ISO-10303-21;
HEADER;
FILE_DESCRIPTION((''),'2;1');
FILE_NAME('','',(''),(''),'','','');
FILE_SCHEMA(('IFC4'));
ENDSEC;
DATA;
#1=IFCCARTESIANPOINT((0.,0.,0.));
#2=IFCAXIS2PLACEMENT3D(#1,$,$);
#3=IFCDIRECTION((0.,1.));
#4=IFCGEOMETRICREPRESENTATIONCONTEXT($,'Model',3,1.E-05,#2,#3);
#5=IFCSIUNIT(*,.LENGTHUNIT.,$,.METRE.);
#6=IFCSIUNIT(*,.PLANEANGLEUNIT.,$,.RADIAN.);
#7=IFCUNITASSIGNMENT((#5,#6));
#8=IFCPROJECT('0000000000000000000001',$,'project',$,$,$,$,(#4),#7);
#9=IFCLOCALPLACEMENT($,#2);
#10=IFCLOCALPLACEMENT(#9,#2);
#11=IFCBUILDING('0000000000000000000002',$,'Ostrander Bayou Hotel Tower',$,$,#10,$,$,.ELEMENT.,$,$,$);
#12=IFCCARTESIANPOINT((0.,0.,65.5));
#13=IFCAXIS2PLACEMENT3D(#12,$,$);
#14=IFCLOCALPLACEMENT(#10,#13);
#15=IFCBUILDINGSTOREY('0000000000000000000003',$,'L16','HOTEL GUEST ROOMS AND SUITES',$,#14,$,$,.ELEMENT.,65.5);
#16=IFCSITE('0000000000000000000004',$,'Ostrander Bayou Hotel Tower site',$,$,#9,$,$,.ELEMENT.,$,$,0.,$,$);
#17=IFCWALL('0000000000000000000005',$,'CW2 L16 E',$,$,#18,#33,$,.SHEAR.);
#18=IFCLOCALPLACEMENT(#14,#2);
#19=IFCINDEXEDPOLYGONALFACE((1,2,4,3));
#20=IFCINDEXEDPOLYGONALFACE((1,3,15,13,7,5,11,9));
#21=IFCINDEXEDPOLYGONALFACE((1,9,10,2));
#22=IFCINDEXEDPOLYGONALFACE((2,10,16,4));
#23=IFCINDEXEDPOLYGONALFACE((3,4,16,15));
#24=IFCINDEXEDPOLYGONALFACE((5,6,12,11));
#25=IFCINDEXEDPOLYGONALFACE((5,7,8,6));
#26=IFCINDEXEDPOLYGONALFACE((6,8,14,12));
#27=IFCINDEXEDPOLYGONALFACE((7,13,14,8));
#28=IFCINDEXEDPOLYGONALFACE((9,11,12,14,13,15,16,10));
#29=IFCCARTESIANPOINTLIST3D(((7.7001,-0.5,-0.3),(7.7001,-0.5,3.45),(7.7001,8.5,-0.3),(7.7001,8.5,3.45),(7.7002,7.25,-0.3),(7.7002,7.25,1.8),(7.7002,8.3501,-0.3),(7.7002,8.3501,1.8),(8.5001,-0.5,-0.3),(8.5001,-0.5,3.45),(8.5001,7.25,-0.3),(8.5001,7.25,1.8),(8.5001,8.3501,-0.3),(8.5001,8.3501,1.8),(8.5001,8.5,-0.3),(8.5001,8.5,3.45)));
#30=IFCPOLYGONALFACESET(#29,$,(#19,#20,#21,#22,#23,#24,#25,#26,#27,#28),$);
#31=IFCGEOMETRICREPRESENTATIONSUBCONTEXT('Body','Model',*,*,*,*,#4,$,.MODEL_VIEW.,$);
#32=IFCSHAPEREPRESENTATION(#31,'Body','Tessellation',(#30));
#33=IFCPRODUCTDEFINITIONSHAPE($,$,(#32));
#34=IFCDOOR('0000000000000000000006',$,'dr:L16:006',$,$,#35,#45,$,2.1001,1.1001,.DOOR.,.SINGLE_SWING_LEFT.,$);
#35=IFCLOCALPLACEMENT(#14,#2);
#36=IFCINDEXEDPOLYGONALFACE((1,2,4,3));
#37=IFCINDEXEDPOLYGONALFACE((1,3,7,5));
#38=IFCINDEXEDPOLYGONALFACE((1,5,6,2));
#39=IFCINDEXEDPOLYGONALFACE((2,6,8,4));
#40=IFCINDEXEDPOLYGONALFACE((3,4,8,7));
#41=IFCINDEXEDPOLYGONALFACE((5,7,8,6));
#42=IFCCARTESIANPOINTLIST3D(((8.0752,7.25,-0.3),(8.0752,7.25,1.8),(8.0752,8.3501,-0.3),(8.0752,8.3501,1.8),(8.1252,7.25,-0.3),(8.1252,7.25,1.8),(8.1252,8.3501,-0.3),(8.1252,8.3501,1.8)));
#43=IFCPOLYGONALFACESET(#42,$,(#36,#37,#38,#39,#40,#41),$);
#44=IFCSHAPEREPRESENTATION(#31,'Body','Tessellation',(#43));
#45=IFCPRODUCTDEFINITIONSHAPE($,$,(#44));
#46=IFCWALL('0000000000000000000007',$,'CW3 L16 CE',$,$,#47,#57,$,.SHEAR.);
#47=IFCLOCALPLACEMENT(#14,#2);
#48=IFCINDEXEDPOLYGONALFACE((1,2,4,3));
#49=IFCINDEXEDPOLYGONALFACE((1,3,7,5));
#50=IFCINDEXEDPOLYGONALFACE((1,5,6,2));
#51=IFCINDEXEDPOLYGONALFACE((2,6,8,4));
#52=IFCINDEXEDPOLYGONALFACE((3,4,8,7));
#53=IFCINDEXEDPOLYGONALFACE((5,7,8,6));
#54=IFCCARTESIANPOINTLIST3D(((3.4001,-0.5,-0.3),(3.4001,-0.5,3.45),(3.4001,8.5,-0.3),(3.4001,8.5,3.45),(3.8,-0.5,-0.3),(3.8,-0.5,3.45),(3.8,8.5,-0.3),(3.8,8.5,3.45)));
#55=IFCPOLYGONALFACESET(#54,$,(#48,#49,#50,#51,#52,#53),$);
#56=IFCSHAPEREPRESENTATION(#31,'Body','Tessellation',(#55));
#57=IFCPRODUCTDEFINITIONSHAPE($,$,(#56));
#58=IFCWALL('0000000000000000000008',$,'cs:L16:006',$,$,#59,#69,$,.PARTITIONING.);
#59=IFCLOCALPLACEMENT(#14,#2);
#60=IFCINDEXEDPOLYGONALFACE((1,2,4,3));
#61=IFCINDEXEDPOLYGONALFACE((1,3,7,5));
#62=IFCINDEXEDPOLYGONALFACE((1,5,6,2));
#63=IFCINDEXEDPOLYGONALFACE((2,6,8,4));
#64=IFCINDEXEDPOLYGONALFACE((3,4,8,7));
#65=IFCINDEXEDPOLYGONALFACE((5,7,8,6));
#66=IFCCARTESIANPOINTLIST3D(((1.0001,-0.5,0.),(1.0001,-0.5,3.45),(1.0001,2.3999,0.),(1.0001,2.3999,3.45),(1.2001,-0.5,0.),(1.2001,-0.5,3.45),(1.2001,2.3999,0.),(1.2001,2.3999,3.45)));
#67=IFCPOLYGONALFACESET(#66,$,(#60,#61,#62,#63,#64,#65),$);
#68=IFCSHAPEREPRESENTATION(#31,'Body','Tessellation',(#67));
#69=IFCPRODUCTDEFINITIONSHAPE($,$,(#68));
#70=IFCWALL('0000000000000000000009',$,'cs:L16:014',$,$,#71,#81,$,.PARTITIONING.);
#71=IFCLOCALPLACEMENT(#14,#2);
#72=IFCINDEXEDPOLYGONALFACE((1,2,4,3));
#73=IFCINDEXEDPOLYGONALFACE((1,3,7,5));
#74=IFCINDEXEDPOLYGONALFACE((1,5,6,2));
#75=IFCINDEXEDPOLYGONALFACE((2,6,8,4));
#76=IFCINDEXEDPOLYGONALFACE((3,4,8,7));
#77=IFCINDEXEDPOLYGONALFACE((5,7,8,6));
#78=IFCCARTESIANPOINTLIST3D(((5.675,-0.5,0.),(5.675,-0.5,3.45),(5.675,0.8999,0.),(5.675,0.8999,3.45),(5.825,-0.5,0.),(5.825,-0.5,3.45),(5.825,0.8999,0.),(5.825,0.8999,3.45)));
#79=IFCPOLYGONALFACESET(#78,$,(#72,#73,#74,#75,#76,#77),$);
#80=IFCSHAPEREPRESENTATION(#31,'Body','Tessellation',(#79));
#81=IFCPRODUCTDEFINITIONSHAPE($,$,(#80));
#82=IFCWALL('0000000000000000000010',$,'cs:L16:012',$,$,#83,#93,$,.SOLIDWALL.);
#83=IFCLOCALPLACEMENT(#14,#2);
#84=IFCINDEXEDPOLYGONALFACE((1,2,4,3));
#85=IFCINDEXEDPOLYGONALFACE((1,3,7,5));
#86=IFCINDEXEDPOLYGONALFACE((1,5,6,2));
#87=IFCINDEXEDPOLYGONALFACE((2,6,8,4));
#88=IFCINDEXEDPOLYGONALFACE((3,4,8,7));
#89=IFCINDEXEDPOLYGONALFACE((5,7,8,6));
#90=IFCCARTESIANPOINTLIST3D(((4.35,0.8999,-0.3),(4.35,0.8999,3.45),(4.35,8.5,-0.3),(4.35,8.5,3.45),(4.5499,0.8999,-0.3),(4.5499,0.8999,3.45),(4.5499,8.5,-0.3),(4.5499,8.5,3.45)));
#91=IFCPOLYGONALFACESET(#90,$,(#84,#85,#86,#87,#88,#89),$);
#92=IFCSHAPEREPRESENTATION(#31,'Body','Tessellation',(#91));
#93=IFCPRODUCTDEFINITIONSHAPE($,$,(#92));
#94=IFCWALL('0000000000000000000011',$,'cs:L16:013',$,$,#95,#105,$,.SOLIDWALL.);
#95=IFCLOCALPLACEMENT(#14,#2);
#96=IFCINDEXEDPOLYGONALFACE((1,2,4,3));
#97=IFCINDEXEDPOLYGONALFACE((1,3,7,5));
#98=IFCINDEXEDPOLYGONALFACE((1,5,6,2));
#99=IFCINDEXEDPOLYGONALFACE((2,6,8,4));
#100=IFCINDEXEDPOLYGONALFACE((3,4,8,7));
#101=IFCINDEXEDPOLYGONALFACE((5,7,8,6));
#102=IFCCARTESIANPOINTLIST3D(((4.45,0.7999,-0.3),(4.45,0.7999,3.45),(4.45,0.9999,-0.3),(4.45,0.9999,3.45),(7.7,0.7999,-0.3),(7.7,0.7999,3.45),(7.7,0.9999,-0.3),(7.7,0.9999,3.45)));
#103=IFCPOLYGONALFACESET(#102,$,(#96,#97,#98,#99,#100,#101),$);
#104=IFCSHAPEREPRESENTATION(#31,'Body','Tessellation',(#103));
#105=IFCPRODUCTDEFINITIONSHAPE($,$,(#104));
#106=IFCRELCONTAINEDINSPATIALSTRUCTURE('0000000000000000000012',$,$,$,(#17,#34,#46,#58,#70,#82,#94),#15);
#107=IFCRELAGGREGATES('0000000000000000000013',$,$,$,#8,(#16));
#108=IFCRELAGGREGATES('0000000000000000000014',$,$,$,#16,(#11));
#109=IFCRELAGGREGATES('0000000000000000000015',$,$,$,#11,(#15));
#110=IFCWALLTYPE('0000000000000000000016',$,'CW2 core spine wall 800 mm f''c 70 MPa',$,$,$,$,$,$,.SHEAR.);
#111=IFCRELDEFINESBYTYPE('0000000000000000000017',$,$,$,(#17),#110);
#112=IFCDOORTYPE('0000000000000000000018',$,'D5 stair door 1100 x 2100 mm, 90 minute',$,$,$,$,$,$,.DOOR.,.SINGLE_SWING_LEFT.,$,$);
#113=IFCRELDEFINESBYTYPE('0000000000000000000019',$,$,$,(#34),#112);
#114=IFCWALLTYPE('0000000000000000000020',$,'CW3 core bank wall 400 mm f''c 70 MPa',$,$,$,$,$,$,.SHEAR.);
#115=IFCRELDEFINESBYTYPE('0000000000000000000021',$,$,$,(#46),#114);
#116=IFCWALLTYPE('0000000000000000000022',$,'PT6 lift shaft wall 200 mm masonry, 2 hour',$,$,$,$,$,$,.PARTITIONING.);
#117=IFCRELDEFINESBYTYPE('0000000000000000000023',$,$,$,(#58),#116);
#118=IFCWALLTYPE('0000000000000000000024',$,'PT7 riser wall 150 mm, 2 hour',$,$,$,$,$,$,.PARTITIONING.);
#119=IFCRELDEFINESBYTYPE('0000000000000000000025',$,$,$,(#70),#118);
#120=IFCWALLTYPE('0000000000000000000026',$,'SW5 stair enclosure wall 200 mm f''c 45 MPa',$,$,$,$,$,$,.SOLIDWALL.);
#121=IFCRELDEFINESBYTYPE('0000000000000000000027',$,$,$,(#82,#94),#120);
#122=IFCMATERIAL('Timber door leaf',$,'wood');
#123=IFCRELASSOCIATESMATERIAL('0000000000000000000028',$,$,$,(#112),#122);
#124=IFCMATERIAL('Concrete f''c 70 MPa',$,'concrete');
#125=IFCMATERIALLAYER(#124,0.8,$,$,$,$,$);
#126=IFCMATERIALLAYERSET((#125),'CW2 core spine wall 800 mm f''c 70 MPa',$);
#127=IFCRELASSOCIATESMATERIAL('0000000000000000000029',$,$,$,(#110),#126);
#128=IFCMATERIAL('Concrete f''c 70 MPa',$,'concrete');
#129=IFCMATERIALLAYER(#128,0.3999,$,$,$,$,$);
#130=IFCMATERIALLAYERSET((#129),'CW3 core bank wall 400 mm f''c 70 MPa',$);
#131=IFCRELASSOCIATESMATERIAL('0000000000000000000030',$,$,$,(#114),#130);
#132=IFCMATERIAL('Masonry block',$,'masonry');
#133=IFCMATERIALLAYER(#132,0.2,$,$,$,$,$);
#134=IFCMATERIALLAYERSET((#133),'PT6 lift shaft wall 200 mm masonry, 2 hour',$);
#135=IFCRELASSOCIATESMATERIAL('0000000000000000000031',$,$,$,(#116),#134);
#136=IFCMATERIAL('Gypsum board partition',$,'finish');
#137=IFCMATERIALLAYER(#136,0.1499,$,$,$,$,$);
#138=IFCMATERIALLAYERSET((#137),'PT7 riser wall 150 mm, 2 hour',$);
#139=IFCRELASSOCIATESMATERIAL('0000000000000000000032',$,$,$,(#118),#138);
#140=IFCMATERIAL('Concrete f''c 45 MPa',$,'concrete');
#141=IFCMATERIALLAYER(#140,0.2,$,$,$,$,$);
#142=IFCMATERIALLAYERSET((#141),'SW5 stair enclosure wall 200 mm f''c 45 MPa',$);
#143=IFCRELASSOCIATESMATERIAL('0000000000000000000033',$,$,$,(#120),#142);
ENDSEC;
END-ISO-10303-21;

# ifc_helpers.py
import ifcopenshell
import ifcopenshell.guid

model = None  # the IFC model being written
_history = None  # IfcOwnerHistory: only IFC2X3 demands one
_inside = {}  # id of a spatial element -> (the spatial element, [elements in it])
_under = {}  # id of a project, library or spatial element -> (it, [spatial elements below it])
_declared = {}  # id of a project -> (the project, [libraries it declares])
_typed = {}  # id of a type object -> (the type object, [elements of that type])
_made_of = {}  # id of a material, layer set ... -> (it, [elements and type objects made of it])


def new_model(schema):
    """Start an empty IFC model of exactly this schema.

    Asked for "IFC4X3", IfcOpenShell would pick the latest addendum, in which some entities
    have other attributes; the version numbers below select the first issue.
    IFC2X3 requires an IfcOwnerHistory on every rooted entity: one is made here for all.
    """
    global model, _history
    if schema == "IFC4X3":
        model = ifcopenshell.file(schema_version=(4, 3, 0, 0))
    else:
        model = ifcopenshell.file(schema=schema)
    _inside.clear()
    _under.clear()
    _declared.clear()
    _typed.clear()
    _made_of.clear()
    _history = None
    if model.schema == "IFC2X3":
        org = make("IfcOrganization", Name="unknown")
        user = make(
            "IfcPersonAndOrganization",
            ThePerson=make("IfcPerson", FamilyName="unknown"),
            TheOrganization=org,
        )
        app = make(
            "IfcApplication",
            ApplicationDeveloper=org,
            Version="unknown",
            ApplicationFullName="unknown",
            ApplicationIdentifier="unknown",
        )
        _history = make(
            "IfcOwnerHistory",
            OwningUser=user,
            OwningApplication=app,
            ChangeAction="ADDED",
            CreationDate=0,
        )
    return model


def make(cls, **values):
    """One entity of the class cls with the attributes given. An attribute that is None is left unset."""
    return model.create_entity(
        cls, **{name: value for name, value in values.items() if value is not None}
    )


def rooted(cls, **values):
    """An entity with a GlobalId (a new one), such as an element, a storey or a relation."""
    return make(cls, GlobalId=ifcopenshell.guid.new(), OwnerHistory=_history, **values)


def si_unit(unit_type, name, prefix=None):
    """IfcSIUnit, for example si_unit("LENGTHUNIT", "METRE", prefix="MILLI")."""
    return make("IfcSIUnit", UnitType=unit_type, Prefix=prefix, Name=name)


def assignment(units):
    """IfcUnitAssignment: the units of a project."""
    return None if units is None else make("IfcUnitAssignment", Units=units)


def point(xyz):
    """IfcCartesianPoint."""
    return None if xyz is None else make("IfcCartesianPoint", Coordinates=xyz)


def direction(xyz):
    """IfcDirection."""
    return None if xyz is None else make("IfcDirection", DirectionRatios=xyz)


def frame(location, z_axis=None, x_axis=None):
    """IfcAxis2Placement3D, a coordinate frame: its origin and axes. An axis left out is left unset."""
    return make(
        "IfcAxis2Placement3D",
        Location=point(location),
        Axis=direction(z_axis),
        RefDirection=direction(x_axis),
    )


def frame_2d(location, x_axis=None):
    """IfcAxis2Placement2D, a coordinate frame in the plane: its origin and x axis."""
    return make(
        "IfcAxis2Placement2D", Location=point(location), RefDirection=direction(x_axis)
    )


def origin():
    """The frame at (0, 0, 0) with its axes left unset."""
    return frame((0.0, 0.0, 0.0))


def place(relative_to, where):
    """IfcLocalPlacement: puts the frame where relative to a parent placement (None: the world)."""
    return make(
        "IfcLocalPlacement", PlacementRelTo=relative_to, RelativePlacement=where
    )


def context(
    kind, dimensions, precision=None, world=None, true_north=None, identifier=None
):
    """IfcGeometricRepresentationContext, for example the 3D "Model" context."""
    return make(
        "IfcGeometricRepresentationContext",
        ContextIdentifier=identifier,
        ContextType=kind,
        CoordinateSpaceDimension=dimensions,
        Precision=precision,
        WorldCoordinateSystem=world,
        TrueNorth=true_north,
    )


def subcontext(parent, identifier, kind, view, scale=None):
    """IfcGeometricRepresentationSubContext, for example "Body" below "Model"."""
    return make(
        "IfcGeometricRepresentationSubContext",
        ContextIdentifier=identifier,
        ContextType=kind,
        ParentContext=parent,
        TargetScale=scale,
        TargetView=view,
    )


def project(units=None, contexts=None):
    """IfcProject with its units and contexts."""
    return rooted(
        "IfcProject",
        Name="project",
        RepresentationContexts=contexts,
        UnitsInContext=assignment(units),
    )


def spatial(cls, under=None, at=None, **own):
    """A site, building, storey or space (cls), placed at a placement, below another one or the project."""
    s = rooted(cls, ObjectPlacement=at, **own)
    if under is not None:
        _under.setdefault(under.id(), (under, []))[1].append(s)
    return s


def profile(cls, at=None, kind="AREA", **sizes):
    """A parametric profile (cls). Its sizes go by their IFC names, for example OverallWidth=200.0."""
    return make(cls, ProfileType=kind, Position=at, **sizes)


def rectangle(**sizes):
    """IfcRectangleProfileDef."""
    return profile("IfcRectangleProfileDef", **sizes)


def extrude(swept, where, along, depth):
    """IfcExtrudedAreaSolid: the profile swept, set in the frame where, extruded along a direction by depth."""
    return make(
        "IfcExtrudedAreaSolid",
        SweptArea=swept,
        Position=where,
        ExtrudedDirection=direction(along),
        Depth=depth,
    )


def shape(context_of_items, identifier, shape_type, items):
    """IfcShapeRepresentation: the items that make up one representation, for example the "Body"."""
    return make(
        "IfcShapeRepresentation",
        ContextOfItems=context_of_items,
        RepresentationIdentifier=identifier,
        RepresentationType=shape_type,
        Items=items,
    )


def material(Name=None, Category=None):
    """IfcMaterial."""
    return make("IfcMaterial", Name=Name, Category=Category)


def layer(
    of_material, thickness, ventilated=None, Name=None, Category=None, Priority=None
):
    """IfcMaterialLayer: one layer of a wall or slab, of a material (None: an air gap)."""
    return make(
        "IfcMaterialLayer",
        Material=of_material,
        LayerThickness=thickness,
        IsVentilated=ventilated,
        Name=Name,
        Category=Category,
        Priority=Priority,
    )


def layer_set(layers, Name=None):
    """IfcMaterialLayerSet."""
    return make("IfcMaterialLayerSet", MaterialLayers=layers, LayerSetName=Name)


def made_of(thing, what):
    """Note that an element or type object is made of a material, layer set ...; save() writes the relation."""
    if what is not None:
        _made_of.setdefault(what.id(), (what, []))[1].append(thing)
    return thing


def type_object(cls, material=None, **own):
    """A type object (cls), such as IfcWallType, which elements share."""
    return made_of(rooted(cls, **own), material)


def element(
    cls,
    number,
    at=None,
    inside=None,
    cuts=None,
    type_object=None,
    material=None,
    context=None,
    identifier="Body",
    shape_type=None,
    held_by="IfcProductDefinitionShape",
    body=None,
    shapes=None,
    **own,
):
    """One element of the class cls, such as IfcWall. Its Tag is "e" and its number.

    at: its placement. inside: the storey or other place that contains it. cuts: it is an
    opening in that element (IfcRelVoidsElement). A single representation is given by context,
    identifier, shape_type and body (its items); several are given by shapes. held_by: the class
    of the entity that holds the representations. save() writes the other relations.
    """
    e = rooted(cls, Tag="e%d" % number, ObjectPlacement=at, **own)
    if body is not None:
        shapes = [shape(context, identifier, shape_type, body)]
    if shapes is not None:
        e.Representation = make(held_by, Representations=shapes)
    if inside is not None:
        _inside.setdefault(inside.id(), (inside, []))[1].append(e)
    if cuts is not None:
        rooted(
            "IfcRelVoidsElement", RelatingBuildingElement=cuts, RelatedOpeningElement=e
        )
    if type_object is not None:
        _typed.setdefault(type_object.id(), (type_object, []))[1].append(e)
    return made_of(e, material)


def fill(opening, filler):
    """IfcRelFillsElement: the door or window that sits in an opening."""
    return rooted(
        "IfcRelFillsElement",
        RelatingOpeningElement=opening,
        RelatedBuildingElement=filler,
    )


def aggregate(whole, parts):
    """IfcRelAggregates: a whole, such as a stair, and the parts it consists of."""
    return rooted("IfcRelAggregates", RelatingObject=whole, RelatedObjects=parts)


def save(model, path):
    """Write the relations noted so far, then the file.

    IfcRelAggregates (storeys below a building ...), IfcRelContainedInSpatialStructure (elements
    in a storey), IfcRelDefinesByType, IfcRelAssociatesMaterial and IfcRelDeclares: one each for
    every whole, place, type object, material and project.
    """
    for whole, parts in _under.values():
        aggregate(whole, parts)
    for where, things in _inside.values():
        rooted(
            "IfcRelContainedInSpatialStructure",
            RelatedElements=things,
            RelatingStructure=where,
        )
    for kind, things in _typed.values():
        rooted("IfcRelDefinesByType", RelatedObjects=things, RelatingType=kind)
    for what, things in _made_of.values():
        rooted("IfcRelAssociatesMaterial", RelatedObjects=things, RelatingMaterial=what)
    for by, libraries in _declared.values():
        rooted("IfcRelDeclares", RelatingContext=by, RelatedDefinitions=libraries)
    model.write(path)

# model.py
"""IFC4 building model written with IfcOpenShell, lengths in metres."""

from ifc_helpers import new_model, si_unit, direction, frame, frame_2d, origin, place, context, subcontext, project, spatial, rectangle, extrude, material, layer, layer_set, type_object, element, fill, save


model = new_model("IFC4")

# Units and contexts
model_context = context("Model", 3, precision=1e-05, world=origin(), true_north=direction((0.0, 1.0)))
body_context = subcontext(model_context, "Body", "Model", "MODEL_VIEW")
ifc_project = project(units=[si_unit("LENGTHUNIT", "METRE"), si_unit("PLANEANGLEUNIT", "RADIAN")], contexts=[model_context])

# Site, building, storey
site_placement = place(None, origin())
site = spatial("IfcSite", under=ifc_project, at=site_placement, Name="Ostrander Bayou Hotel Tower site", CompositionType="ELEMENT", RefElevation=0.0)
building_placement = place(site_placement, origin())
building = spatial("IfcBuilding", under=site, at=building_placement, Name="Ostrander Bayou Hotel Tower", CompositionType="ELEMENT")
storey_placement = place(building_placement, frame((0.0, 0.0, 65.5)))
storey = spatial("IfcBuildingStorey", under=building, at=storey_placement, Name="L16", Description="HOTEL GUEST ROOMS AND SUITES", CompositionType="ELEMENT", Elevation=65.5)

# Shared definitions
ifc_material_1 = material(Name="Timber door leaf", Category="wood")
door_type_1 = type_object("IfcDoorType", Name="D5 stair door 1100 x 2100 mm, 90 minute", OperationType="SINGLE_SWING_LEFT", PredefinedType="DOOR", material=ifc_material_1)

# Wall, opening, door
ifc_material_2 = material(Name="Concrete f'c 70 MPa", Category="concrete")
ifc_layer_1 = layer(ifc_material_2, 0.8)
ifc_layer_set_1 = layer_set([ifc_layer_1], Name="CW2 core spine wall 800 mm f'c 70 MPa")
wall_type_1 = type_object("IfcWallType", Name="CW2 core spine wall 800 mm f'c 70 MPa", PredefinedType="SHEAR", material=ifc_layer_set_1)
wall_1_placement = place(storey_placement, frame((8.1001, -0.5, -0.3), z_axis=(0.0, 0.0, 1.0), x_axis=(0.0, 1.0, 0.0)))
wall_1 = element("IfcWall", 1, at=wall_1_placement, inside=storey, type_object=wall_type_1, Name="CW2 L16 E", PredefinedType="SHEAR", context=body_context, shape_type="SweptSolid", body=[
    extrude(rectangle(XDim=9.0, YDim=0.8, at=frame_2d((4.5, 0.0))), origin(), (0.0, 0.0, 1.0), 3.75),
])
opening_1_placement = place(wall_1_placement, frame((7.75, 0.0, 0.0)))
opening_1 = element("IfcOpeningElement", 2, at=opening_1_placement, cuts=wall_1, PredefinedType="OPENING", context=body_context, shape_type="SweptSolid", body=[
    extrude(rectangle(XDim=1.1001, YDim=2.1001, at=frame_2d((0.55, 1.05))), frame((0.0, 0.3999, 0.0), z_axis=(0.0, -1.0, 0.0), x_axis=(1.0, 0.0, 0.0)), (0.0, 0.0, 1.0), 0.8),
])
door_1_placement = place(opening_1_placement, origin())
door_1 = element("IfcDoor", 3, at=door_1_placement, inside=storey, type_object=door_type_1, Name="dr:L16:006", OperationType="SINGLE_SWING_LEFT", OverallHeight=2.1001, OverallWidth=1.1001, PredefinedType="DOOR", context=body_context, shape_type="SweptSolid", body=[
    extrude(rectangle(XDim=1.1001, YDim=2.1001, at=frame_2d((0.55, 1.05))), frame((0.0, 0.0249, 0.0), z_axis=(0.0, -1.0, 0.0), x_axis=(1.0, 0.0, 0.0)), (0.0, 0.0, 1.0), 0.05),
])
fill(opening_1, door_1)

# Walls
ifc_material_3 = material(Name="Concrete f'c 70 MPa", Category="concrete")
ifc_layer_2 = layer(ifc_material_3, 0.3999)
ifc_layer_set_2 = layer_set([ifc_layer_2], Name="CW3 core bank wall 400 mm f'c 70 MPa")
wall_type_2 = type_object("IfcWallType", Name="CW3 core bank wall 400 mm f'c 70 MPa", PredefinedType="SHEAR", material=ifc_layer_set_2)
wall_2_placement = place(storey_placement, frame((3.6001, -0.5, -0.3), z_axis=(0.0, 0.0, 1.0), x_axis=(0.0, 1.0, 0.0)))
element("IfcWall", 4, at=wall_2_placement, inside=storey, type_object=wall_type_2, Name="CW3 L16 CE", PredefinedType="SHEAR", context=body_context, shape_type="SweptSolid", body=[
    extrude(rectangle(XDim=9.0, YDim=0.3999, at=frame_2d((4.5, 0.0))), origin(), (0.0, 0.0, 1.0), 3.75),
])
ifc_material_4 = material(Name="Masonry block", Category="masonry")
ifc_layer_3 = layer(ifc_material_4, 0.2)
ifc_layer_set_3 = layer_set([ifc_layer_3], Name="PT6 lift shaft wall 200 mm masonry, 2 hour")
wall_type_3 = type_object("IfcWallType", Name="PT6 lift shaft wall 200 mm masonry, 2 hour", PredefinedType="PARTITIONING", material=ifc_layer_set_3)
wall_3_placement = place(storey_placement, frame((1.1001, -0.5, 0.0), z_axis=(0.0, 0.0, 1.0), x_axis=(0.0, 1.0, 0.0)))
element("IfcWall", 5, at=wall_3_placement, inside=storey, type_object=wall_type_3, Name="cs:L16:006", PredefinedType="PARTITIONING", context=body_context, shape_type="SweptSolid", body=[
    extrude(rectangle(XDim=2.8999, YDim=0.2, at=frame_2d((1.45, 0.0))), origin(), (0.0, 0.0, 1.0), 3.45),
])
ifc_material_5 = material(Name="Gypsum board partition", Category="finish")
ifc_layer_4 = layer(ifc_material_5, 0.1499)
ifc_layer_set_4 = layer_set([ifc_layer_4], Name="PT7 riser wall 150 mm, 2 hour")
wall_type_4 = type_object("IfcWallType", Name="PT7 riser wall 150 mm, 2 hour", PredefinedType="PARTITIONING", material=ifc_layer_set_4)
wall_4_placement = place(storey_placement, frame((5.75, -0.5, 0.0), z_axis=(0.0, 0.0, 1.0), x_axis=(0.0, 1.0, 0.0)))
element("IfcWall", 6, at=wall_4_placement, inside=storey, type_object=wall_type_4, Name="cs:L16:014", PredefinedType="PARTITIONING", context=body_context, shape_type="SweptSolid", body=[
    extrude(rectangle(XDim=1.3999, YDim=0.1499, at=frame_2d((0.7, 0.0))), origin(), (0.0, 0.0, 1.0), 3.45),
])
ifc_material_6 = material(Name="Concrete f'c 45 MPa", Category="concrete")
ifc_layer_5 = layer(ifc_material_6, 0.2)
ifc_layer_set_5 = layer_set([ifc_layer_5], Name="SW5 stair enclosure wall 200 mm f'c 45 MPa")
wall_type_5 = type_object("IfcWallType", Name="SW5 stair enclosure wall 200 mm f'c 45 MPa", PredefinedType="SOLIDWALL", material=ifc_layer_set_5)
wall_5_placement = place(storey_placement, frame((4.45, 0.8999, -0.3), z_axis=(0.0, 0.0, 1.0), x_axis=(0.0, 1.0, 0.0)))
element("IfcWall", 7, at=wall_5_placement, inside=storey, type_object=wall_type_5, Name="cs:L16:012", PredefinedType="SOLIDWALL", context=body_context, shape_type="SweptSolid", body=[
    extrude(rectangle(XDim=7.6001, YDim=0.2, at=frame_2d((3.8, 0.0))), origin(), (0.0, 0.0, 1.0), 3.75),
])
wall_6_placement = place(storey_placement, frame((4.45, 0.8999, -0.3), z_axis=(0.0, 0.0, 1.0), x_axis=(1.0, 0.0, 0.0)))
element("IfcWall", 8, at=wall_6_placement, inside=storey, type_object=wall_type_5, Name="cs:L16:013", PredefinedType="SOLIDWALL", context=body_context, shape_type="SweptSolid", body=[
    extrude(rectangle(XDim=3.25, YDim=0.2, at=frame_2d((1.625, 0.0))), origin(), (0.0, 0.0, 1.0), 3.75),
])

save(model, "model.ifc")
